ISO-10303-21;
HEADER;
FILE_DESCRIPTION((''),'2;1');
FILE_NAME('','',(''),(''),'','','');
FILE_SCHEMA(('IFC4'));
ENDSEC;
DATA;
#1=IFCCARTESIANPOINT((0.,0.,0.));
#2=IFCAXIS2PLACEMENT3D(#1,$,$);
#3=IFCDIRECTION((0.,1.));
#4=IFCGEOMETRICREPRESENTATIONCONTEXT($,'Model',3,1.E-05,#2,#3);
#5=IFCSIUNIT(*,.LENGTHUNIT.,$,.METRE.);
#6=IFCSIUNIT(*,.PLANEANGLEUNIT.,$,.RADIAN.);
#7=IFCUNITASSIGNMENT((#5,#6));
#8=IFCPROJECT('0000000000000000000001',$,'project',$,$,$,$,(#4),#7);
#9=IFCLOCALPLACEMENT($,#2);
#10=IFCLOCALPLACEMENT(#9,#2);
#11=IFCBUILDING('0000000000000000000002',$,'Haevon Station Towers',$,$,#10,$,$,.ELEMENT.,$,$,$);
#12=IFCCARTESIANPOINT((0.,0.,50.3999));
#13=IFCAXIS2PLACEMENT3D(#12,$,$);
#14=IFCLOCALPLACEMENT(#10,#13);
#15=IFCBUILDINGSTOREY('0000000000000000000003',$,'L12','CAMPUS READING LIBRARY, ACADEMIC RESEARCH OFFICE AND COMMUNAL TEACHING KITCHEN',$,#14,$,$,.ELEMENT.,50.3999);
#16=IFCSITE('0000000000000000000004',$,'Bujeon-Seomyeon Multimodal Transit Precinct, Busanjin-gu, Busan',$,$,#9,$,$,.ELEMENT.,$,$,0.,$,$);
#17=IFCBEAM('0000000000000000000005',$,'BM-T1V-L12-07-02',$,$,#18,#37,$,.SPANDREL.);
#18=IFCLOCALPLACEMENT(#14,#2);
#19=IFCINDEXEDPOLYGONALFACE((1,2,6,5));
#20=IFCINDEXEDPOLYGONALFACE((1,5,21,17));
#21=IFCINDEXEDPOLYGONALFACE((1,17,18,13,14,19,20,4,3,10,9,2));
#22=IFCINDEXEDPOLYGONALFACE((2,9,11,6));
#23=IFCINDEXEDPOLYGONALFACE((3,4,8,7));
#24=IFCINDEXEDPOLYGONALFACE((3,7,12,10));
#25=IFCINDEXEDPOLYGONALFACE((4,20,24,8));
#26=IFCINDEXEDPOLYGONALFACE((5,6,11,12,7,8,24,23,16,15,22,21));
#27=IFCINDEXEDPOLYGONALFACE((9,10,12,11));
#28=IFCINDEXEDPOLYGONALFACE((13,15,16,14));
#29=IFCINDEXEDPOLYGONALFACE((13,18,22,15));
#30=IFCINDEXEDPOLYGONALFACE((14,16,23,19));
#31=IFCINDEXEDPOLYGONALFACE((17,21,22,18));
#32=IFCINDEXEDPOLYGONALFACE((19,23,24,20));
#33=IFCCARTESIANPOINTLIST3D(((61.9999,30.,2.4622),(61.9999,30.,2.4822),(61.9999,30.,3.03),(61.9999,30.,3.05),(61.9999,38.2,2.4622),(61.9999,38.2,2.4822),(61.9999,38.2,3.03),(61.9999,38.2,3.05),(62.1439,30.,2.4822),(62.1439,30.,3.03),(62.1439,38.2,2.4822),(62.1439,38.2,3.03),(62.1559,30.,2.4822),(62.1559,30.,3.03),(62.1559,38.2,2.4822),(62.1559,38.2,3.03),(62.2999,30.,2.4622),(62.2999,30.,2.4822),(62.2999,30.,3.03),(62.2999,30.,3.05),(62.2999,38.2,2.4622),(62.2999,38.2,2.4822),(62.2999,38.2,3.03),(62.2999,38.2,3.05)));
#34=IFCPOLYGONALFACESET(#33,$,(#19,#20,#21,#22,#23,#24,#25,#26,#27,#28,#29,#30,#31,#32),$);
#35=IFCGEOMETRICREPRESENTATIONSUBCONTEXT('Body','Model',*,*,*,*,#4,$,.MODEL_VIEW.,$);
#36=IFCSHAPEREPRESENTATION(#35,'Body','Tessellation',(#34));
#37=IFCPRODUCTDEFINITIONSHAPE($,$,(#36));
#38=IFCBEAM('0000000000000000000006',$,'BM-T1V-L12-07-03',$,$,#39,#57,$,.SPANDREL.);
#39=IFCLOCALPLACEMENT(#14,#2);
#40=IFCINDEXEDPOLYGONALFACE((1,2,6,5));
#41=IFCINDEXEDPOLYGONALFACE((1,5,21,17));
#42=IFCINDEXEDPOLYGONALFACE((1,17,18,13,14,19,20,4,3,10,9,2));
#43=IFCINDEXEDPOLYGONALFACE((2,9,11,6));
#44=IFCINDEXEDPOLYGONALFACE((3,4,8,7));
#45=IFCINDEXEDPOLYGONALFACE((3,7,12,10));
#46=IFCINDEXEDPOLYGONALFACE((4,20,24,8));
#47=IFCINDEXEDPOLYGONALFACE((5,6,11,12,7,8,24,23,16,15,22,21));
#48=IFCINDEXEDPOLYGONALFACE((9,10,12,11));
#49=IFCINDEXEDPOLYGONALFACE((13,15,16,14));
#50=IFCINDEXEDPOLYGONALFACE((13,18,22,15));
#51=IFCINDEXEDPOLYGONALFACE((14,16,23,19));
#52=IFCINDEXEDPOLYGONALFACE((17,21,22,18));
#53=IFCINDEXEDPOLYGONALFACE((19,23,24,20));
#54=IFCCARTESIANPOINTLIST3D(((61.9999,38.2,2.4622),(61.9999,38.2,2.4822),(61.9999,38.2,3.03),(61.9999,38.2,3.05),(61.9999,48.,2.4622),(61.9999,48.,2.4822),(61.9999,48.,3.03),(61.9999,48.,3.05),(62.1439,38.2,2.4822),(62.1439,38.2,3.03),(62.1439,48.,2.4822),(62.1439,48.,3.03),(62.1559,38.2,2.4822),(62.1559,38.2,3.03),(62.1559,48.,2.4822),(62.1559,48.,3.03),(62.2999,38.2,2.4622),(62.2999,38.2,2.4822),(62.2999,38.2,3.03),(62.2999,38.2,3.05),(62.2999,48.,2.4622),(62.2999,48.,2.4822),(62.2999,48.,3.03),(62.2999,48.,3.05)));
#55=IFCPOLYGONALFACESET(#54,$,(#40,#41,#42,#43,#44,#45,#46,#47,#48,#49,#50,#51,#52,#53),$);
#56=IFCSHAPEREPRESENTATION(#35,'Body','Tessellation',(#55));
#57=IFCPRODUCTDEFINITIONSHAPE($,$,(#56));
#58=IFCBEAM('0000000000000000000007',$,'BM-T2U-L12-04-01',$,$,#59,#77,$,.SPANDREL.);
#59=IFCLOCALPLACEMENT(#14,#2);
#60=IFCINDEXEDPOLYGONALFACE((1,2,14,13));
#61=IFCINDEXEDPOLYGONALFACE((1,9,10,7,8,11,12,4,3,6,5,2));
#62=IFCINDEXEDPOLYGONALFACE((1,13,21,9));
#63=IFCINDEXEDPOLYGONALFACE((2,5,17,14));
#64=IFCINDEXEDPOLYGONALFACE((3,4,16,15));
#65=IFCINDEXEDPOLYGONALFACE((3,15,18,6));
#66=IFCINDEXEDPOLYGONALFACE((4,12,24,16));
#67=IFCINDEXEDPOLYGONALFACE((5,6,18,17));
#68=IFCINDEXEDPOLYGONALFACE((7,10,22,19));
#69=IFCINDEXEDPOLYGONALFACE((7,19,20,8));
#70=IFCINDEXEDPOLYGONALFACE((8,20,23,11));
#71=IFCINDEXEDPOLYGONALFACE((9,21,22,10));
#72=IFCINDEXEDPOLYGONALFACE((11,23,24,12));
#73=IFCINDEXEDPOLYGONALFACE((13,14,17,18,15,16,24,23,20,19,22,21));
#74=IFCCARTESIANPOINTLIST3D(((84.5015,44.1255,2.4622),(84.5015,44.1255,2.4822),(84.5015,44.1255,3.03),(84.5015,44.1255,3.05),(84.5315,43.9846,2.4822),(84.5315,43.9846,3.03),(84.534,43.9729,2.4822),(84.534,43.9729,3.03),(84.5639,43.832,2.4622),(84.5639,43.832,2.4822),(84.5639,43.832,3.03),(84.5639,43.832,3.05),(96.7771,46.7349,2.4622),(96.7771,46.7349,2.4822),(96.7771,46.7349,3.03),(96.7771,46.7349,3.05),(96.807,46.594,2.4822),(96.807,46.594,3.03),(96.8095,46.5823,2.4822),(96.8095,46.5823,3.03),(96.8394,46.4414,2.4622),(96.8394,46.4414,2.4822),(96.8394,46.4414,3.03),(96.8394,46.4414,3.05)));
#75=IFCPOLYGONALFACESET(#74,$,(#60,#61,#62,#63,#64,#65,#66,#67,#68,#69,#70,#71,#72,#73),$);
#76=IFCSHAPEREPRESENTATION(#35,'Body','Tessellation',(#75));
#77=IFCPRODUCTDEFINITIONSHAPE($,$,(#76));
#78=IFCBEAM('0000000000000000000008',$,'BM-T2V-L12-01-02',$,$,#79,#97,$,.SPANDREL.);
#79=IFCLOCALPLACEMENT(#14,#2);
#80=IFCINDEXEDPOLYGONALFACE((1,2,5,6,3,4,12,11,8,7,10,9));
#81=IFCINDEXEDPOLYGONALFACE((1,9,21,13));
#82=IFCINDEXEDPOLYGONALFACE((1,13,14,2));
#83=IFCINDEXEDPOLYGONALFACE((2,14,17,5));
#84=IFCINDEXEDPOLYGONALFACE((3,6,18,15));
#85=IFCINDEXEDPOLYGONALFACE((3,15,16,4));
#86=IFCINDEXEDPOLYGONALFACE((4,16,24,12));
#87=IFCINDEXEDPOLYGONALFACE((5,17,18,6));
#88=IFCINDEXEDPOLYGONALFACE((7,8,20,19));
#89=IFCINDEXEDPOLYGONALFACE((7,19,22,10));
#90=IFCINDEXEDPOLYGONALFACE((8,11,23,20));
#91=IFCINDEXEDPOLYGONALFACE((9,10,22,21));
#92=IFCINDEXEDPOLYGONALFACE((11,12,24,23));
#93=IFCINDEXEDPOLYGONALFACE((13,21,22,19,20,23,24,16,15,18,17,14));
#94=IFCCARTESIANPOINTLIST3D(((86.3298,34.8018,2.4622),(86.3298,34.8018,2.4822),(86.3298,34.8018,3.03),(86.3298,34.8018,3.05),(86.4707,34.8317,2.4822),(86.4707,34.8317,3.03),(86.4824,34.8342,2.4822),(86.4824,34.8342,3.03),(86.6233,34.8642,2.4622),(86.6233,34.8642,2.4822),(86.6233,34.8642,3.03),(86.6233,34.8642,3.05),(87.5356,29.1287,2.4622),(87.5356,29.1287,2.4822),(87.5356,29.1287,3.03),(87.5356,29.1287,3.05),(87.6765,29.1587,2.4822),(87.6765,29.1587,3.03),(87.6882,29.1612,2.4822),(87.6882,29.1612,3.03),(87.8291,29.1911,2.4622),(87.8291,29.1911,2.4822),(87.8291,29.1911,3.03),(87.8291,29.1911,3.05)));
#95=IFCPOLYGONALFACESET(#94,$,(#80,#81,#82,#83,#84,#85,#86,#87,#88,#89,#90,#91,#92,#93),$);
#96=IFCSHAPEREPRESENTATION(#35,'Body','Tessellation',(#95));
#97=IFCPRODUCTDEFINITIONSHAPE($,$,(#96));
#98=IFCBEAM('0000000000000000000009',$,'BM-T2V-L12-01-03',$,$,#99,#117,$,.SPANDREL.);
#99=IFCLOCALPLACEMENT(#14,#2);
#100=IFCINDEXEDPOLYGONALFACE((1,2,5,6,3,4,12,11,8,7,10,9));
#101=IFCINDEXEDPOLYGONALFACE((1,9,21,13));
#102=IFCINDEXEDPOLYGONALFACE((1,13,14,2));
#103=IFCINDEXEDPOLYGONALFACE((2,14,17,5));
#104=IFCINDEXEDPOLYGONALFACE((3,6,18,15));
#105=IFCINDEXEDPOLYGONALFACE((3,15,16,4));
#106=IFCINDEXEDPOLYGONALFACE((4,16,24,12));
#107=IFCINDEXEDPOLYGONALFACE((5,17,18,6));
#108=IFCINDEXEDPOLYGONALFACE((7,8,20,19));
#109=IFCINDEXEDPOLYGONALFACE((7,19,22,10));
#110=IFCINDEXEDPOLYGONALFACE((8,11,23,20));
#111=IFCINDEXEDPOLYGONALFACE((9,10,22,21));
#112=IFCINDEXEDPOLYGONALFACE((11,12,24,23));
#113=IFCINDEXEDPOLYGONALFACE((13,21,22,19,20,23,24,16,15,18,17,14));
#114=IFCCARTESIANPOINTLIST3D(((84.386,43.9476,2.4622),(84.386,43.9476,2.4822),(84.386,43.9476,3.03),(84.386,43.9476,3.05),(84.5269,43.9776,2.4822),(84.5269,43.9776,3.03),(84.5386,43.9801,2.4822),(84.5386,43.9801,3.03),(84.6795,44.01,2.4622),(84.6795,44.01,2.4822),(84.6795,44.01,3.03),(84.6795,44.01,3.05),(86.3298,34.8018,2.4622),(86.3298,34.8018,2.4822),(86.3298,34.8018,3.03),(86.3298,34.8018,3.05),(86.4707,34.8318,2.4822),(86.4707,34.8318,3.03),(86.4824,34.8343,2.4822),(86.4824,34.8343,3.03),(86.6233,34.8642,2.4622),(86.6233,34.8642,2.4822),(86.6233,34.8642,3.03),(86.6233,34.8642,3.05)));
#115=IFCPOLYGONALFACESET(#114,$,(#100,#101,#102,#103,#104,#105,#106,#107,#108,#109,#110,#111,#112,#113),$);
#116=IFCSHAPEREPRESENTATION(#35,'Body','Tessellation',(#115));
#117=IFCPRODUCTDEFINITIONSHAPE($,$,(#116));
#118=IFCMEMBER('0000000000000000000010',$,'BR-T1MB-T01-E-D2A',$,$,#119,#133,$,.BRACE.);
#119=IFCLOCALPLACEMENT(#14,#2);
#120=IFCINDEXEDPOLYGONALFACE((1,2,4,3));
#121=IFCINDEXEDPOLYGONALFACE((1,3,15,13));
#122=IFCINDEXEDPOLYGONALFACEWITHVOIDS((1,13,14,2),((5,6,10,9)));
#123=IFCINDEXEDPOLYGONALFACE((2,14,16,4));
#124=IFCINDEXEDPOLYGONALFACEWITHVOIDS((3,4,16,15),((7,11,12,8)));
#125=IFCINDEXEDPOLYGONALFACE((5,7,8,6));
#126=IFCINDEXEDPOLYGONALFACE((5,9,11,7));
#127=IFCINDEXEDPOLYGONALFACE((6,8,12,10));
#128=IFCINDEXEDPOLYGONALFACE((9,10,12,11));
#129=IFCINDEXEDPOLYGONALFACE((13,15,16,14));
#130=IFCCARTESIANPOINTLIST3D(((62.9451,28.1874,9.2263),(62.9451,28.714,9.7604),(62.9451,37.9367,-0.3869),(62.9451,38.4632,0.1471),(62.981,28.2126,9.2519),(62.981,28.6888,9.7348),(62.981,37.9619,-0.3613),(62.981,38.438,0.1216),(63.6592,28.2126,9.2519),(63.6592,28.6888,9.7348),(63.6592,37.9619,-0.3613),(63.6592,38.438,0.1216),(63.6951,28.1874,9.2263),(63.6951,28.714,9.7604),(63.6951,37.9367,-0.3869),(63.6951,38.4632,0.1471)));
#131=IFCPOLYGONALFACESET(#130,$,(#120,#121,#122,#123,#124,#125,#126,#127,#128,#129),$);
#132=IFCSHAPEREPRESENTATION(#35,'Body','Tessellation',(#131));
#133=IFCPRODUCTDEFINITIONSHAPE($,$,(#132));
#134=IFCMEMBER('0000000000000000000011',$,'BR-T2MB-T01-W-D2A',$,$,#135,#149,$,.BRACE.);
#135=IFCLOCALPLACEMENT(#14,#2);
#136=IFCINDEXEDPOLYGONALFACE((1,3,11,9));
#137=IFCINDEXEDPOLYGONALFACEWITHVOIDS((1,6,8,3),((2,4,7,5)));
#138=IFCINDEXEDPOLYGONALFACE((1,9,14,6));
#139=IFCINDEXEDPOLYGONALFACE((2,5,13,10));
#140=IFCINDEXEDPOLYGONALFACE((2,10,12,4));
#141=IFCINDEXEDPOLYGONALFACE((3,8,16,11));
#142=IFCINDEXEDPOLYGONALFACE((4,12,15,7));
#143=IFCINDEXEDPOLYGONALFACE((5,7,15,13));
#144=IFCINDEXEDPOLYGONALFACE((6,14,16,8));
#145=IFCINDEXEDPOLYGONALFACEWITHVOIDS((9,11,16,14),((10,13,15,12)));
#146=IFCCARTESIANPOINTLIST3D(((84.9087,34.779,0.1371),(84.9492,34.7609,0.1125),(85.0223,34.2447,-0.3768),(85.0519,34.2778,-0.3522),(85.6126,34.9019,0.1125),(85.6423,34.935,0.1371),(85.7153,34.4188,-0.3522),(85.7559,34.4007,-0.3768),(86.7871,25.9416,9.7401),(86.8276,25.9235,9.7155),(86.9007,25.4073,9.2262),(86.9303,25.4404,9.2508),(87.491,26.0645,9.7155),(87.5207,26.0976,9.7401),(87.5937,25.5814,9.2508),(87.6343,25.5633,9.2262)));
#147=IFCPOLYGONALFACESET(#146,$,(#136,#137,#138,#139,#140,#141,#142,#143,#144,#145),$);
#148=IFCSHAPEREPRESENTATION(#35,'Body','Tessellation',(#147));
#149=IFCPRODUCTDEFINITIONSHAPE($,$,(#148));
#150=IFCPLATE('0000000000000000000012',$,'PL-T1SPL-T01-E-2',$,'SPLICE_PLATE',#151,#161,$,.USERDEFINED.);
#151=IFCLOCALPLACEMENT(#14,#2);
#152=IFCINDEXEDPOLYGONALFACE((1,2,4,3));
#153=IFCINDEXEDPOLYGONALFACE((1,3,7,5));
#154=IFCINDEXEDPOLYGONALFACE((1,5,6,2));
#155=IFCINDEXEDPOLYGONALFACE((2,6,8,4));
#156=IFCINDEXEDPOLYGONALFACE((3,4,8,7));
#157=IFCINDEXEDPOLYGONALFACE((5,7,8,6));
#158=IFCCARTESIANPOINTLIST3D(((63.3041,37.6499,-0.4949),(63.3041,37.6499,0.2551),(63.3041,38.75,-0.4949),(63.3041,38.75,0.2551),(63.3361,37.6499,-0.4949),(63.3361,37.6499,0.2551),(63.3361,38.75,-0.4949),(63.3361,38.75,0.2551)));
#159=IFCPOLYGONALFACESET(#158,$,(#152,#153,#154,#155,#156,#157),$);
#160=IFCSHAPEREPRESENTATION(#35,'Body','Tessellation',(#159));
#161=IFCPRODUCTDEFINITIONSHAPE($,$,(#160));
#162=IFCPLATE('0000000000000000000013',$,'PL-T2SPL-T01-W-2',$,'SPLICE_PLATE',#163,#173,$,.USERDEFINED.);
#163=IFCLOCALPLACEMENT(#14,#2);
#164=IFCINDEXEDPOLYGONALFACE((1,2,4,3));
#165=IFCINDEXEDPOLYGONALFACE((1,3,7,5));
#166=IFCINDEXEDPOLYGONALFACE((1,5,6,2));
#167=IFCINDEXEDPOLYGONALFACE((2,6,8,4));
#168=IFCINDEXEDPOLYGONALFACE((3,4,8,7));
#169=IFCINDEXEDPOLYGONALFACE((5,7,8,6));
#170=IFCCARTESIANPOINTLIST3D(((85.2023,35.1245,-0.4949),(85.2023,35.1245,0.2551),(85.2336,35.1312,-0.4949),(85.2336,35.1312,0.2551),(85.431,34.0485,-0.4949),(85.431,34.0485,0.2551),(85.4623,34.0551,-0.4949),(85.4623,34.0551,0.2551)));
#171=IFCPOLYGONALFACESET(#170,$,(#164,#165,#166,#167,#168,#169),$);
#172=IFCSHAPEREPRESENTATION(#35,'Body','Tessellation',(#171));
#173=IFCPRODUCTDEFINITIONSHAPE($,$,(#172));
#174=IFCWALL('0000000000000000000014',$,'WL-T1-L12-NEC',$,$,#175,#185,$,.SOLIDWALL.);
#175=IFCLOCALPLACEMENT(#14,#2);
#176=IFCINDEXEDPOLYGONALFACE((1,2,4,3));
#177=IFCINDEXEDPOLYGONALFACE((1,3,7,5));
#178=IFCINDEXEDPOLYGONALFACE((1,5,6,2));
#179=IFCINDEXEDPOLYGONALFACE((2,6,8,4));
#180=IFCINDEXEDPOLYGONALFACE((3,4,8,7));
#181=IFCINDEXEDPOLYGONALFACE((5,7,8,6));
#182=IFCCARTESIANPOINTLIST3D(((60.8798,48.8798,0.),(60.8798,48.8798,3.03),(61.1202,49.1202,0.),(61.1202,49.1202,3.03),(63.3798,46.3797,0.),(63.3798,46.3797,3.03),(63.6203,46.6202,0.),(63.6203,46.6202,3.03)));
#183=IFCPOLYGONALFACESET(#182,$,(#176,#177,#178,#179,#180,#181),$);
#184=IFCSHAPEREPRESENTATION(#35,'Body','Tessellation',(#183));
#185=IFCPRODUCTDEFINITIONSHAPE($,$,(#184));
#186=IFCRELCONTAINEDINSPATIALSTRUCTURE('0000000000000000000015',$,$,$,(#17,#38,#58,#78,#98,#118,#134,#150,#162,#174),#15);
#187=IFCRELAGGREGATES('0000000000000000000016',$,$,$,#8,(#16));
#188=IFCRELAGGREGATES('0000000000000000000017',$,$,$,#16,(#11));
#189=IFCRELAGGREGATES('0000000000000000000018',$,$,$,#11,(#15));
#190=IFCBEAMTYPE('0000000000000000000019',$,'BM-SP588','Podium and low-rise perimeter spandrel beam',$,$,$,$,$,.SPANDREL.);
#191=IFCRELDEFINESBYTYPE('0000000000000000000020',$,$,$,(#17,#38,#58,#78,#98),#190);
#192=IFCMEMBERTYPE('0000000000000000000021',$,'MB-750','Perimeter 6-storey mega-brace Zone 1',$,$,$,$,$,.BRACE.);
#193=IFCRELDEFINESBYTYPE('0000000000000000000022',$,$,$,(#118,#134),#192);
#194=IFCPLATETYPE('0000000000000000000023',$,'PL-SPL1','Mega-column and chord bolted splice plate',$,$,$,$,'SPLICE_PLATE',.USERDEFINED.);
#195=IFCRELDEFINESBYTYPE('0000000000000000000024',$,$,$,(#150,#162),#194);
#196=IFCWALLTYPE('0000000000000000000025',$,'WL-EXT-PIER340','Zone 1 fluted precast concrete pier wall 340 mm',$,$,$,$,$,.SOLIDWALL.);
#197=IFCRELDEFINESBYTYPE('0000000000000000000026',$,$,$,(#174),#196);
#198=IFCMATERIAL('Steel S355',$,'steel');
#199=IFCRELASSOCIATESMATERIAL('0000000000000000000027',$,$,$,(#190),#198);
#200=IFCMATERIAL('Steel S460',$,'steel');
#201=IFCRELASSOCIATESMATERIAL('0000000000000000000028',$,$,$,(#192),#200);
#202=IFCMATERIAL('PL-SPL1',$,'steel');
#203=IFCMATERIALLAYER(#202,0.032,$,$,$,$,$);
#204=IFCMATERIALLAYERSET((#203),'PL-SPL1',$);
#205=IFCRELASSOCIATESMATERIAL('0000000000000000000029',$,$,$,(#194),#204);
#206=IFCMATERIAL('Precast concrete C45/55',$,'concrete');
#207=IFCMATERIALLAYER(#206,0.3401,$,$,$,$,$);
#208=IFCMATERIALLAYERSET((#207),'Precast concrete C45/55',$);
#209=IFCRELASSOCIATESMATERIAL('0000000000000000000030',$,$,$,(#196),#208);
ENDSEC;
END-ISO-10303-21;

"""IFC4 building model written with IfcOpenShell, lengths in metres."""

from ifc_helpers import new_model, si_unit, direction, frame, frame_2d, origin, origin_2d, place, context, subcontext, project, spatial, rectangle, hollow_rectangle, i_section, extrude, material, layer, layer_set, material_profile, profile_set, type_object, element, save


model = new_model("IFC4")

# Units and contexts
model_context = context("Model", 3, precision=1e-05, world=origin(), true_north=direction((0.0, 1.0)))
body_context = subcontext(model_context, "Body", "Model", "MODEL_VIEW")
ifc_project = project(units=[si_unit("LENGTHUNIT", "METRE"), si_unit("PLANEANGLEUNIT", "RADIAN")], contexts=[model_context])

# Site, building, storey
site_placement = place(None, origin())
site = spatial("IfcSite", under=ifc_project, at=site_placement, Name="Bujeon-Seomyeon Multimodal Transit Precinct, Busanjin-gu, Busan", CompositionType="ELEMENT", RefElevation=0.0)
building_placement = place(site_placement, origin())
building = spatial("IfcBuilding", under=site, at=building_placement, Name="Haevon Station Towers", CompositionType="ELEMENT")
storey_placement = place(building_placement, frame((0.0, 0.0, 50.3999)))
storey = spatial("IfcBuildingStorey", under=building, at=storey_placement, Name="L12", Description="CAMPUS READING LIBRARY, ACADEMIC RESEARCH OFFICE AND COMMUNAL TEACHING KITCHEN", CompositionType="ELEMENT", Elevation=50.3999)

# Shared definitions
ifc_material_1 = material(Name="Steel S460", Category="steel")

# Beams
ifc_material_2 = material(Name="Steel S355", Category="steel")
ifc_material_profile_1 = material_profile(ifc_material_2, i_section(OverallWidth=0.3, OverallDepth=0.5879, WebThickness=0.012, FlangeThickness=0.02, at=origin_2d()), Name="H-588x300x12x20")
ifc_profile_set_1 = profile_set([ifc_material_profile_1], Name="Steel S355")
beam_type_1 = type_object("IfcBeamType", Name="BM-SP588", Description="Podium and low-rise perimeter spandrel beam", PredefinedType="SPANDREL", material=ifc_profile_set_1)
beam_1_placement = place(storey_placement, frame((62.1499, 30.0, 2.7561), z_axis=(0.0, 1.0, 0.0), x_axis=(-1.0, 0.0, 0.0)))
element("IfcBeam", 1, at=beam_1_placement, inside=storey, type_object=beam_type_1, Name="BM-T1V-L12-07-02", PredefinedType="SPANDREL", context=body_context, shape_type="SweptSolid", body=[
    extrude(i_section(OverallWidth=0.3, OverallDepth=0.5879, WebThickness=0.012, FlangeThickness=0.02, at=origin_2d()), origin(), (0.0, 0.0, 1.0), 8.2),
])
beam_2_placement = place(storey_placement, frame((62.1499, 38.2, 2.7561), z_axis=(0.0, 1.0, 0.0), x_axis=(-1.0, 0.0, 0.0)))
element("IfcBeam", 2, at=beam_2_placement, inside=storey, type_object=beam_type_1, Name="BM-T1V-L12-07-03", PredefinedType="SPANDREL", context=body_context, shape_type="SweptSolid", body=[
    extrude(i_section(OverallWidth=0.3, OverallDepth=0.5879, WebThickness=0.012, FlangeThickness=0.02, at=origin_2d()), origin(), (0.0, 0.0, 1.0), 9.8),
])
beam_3_placement = place(storey_placement, frame((84.5327, 43.9788, 2.7561), z_axis=(0.978146, 0.20792, 0.0), x_axis=(-0.20792, 0.978146, 0.0)))
element("IfcBeam", 3, at=beam_3_placement, inside=storey, type_object=beam_type_1, Name="BM-T2U-L12-04-01", PredefinedType="SPANDREL", context=body_context, shape_type="SweptSolid", body=[
    extrude(i_section(OverallWidth=0.3, OverallDepth=0.5879, WebThickness=0.012, FlangeThickness=0.02, at=origin_2d()), origin(), (0.0, 0.0, 1.0), 12.5498),
])
beam_4_placement = place(storey_placement, frame((87.6824, 29.1599, 2.7561), z_axis=(-0.207905, 0.978149, 0.0), x_axis=(-0.978149, -0.207905, 0.0)))
element("IfcBeam", 4, at=beam_4_placement, inside=storey, type_object=beam_type_1, Name="BM-T2V-L12-01-02", PredefinedType="SPANDREL", context=body_context, shape_type="SweptSolid", body=[
    extrude(i_section(OverallWidth=0.3, OverallDepth=0.5879, WebThickness=0.012, FlangeThickness=0.02, at=origin_2d()), origin(), (0.0, 0.0, 1.0), 5.7998),
])
beam_5_placement = place(storey_placement, frame((86.4766, 34.833, 2.7561), z_axis=(-0.207897, 0.978151, 0.0), x_axis=(-0.978151, -0.207897, 0.0)))
element("IfcBeam", 5, at=beam_5_placement, inside=storey, type_object=beam_type_1, Name="BM-T2V-L12-01-03", PredefinedType="SPANDREL", context=body_context, shape_type="SweptSolid", body=[
    extrude(i_section(OverallWidth=0.3, OverallDepth=0.5879, WebThickness=0.012, FlangeThickness=0.02, at=origin_2d()), origin(), (0.0, 0.0, 1.0), 9.3501),
])

# Members
ifc_material_profile_2 = material_profile(ifc_material_1, hollow_rectangle(XDim=0.75, YDim=0.75, WallThickness=0.0359, at=origin_2d()), Name="RHS-750x750x36")
ifc_profile_set_2 = profile_set([ifc_material_profile_2], Name="Steel S460")
member_type = type_object("IfcMemberType", Name="MB-750", Description="Perimeter 6-storey mega-brace Zone 1", PredefinedType="BRACE", material=ifc_profile_set_2)
member_1_placement = place(storey_placement, frame((63.3201, 38.2, -0.1199), z_axis=(0.0, -0.712055, 0.702123), x_axis=(1.0, 0.0, 0.0)))
element("IfcMember", 6, at=member_1_placement, inside=storey, type_object=member_type, Name="BR-T1MB-T01-E-D2A", PredefinedType="BRACE", context=body_context, shape_type="SweptSolid", body=[
    extrude(hollow_rectangle(XDim=0.75, YDim=0.75, WallThickness=0.0359, at=origin_2d()), origin(), (0.0, 0.0, 1.0), 13.6917),
])
member_2_placement = place(storey_placement, frame((85.3323, 34.5898, -0.1199), z_axis=(0.142465, -0.670258, 0.728325), x_axis=(0.978148, 0.207909, 0.0)))
element("IfcMember", 7, at=member_2_placement, inside=storey, type_object=member_type, Name="BR-T2MB-T01-W-D2A", PredefinedType="BRACE", context=body_context, shape_type="SweptSolid", body=[
    extrude(hollow_rectangle(XDim=0.75, YDim=0.75, WallThickness=0.0359, at=origin_2d()), origin(), (0.0, 0.0, 1.0), 13.1851),
])

# Plates
ifc_material_3 = material(Name="PL-SPL1", Category="steel")
ifc_layer_1 = layer(ifc_material_3, 0.032)
ifc_layer_set_1 = layer_set([ifc_layer_1], Name="PL-SPL1")
plate_type = type_object("IfcPlateType", Name="PL-SPL1", Description="Mega-column and chord bolted splice plate", ElementType="SPLICE_PLATE", PredefinedType="USERDEFINED", material=ifc_layer_set_1)
for number, where, z_axis, x_axis, name in (
    (8, (63.3201, 38.2, -0.4949), (0.0, 0.0, 1.0), (0.0, 1.0, 0.0), "PL-T1SPL-T01-E-2"),
    (9, (85.3323, 34.5898, -0.4949), (0.0, 0.0, 1.0), (-0.207912, 0.978148, 0.0), "PL-T2SPL-T01-W-2"),
):
    element("IfcPlate", number, at=place(storey_placement, frame(where, z_axis=z_axis, x_axis=x_axis)), inside=storey, type_object=plate_type, Name=name, ObjectType="SPLICE_PLATE", PredefinedType="USERDEFINED", context=body_context, shape_type="SweptSolid", body=[
        extrude(rectangle(XDim=1.1001, YDim=0.032, at=origin_2d()), origin(), (0.0, 0.0, 1.0), 0.75),
    ])

# Wall
ifc_material_4 = material(Name="Precast concrete C45/55", Category="concrete")
ifc_layer_2 = layer(ifc_material_4, 0.3401)
ifc_layer_set_2 = layer_set([ifc_layer_2], Name="Precast concrete C45/55")
wall_type = type_object("IfcWallType", Name="WL-EXT-PIER340", Description="Zone 1 fluted precast concrete pier wall 340 mm", PredefinedType="SOLIDWALL", material=ifc_layer_set_2)
wall_1_placement = place(storey_placement, frame((61.0, 49.0, 0.0), z_axis=(0.0, 0.0, 1.0), x_axis=(0.707107, -0.707107, 0.0)))
element("IfcWall", 10, at=wall_1_placement, inside=storey, type_object=wall_type, Name="WL-T1-L12-NEC", PredefinedType="SOLIDWALL", context=body_context, shape_type="SweptSolid", body=[
    extrude(rectangle(XDim=3.5356, YDim=0.3401, at=frame_2d((1.7678, 0.0))), origin(), (0.0, 0.0, 1.0), 3.03),
])

save(model, "model.ifc")
